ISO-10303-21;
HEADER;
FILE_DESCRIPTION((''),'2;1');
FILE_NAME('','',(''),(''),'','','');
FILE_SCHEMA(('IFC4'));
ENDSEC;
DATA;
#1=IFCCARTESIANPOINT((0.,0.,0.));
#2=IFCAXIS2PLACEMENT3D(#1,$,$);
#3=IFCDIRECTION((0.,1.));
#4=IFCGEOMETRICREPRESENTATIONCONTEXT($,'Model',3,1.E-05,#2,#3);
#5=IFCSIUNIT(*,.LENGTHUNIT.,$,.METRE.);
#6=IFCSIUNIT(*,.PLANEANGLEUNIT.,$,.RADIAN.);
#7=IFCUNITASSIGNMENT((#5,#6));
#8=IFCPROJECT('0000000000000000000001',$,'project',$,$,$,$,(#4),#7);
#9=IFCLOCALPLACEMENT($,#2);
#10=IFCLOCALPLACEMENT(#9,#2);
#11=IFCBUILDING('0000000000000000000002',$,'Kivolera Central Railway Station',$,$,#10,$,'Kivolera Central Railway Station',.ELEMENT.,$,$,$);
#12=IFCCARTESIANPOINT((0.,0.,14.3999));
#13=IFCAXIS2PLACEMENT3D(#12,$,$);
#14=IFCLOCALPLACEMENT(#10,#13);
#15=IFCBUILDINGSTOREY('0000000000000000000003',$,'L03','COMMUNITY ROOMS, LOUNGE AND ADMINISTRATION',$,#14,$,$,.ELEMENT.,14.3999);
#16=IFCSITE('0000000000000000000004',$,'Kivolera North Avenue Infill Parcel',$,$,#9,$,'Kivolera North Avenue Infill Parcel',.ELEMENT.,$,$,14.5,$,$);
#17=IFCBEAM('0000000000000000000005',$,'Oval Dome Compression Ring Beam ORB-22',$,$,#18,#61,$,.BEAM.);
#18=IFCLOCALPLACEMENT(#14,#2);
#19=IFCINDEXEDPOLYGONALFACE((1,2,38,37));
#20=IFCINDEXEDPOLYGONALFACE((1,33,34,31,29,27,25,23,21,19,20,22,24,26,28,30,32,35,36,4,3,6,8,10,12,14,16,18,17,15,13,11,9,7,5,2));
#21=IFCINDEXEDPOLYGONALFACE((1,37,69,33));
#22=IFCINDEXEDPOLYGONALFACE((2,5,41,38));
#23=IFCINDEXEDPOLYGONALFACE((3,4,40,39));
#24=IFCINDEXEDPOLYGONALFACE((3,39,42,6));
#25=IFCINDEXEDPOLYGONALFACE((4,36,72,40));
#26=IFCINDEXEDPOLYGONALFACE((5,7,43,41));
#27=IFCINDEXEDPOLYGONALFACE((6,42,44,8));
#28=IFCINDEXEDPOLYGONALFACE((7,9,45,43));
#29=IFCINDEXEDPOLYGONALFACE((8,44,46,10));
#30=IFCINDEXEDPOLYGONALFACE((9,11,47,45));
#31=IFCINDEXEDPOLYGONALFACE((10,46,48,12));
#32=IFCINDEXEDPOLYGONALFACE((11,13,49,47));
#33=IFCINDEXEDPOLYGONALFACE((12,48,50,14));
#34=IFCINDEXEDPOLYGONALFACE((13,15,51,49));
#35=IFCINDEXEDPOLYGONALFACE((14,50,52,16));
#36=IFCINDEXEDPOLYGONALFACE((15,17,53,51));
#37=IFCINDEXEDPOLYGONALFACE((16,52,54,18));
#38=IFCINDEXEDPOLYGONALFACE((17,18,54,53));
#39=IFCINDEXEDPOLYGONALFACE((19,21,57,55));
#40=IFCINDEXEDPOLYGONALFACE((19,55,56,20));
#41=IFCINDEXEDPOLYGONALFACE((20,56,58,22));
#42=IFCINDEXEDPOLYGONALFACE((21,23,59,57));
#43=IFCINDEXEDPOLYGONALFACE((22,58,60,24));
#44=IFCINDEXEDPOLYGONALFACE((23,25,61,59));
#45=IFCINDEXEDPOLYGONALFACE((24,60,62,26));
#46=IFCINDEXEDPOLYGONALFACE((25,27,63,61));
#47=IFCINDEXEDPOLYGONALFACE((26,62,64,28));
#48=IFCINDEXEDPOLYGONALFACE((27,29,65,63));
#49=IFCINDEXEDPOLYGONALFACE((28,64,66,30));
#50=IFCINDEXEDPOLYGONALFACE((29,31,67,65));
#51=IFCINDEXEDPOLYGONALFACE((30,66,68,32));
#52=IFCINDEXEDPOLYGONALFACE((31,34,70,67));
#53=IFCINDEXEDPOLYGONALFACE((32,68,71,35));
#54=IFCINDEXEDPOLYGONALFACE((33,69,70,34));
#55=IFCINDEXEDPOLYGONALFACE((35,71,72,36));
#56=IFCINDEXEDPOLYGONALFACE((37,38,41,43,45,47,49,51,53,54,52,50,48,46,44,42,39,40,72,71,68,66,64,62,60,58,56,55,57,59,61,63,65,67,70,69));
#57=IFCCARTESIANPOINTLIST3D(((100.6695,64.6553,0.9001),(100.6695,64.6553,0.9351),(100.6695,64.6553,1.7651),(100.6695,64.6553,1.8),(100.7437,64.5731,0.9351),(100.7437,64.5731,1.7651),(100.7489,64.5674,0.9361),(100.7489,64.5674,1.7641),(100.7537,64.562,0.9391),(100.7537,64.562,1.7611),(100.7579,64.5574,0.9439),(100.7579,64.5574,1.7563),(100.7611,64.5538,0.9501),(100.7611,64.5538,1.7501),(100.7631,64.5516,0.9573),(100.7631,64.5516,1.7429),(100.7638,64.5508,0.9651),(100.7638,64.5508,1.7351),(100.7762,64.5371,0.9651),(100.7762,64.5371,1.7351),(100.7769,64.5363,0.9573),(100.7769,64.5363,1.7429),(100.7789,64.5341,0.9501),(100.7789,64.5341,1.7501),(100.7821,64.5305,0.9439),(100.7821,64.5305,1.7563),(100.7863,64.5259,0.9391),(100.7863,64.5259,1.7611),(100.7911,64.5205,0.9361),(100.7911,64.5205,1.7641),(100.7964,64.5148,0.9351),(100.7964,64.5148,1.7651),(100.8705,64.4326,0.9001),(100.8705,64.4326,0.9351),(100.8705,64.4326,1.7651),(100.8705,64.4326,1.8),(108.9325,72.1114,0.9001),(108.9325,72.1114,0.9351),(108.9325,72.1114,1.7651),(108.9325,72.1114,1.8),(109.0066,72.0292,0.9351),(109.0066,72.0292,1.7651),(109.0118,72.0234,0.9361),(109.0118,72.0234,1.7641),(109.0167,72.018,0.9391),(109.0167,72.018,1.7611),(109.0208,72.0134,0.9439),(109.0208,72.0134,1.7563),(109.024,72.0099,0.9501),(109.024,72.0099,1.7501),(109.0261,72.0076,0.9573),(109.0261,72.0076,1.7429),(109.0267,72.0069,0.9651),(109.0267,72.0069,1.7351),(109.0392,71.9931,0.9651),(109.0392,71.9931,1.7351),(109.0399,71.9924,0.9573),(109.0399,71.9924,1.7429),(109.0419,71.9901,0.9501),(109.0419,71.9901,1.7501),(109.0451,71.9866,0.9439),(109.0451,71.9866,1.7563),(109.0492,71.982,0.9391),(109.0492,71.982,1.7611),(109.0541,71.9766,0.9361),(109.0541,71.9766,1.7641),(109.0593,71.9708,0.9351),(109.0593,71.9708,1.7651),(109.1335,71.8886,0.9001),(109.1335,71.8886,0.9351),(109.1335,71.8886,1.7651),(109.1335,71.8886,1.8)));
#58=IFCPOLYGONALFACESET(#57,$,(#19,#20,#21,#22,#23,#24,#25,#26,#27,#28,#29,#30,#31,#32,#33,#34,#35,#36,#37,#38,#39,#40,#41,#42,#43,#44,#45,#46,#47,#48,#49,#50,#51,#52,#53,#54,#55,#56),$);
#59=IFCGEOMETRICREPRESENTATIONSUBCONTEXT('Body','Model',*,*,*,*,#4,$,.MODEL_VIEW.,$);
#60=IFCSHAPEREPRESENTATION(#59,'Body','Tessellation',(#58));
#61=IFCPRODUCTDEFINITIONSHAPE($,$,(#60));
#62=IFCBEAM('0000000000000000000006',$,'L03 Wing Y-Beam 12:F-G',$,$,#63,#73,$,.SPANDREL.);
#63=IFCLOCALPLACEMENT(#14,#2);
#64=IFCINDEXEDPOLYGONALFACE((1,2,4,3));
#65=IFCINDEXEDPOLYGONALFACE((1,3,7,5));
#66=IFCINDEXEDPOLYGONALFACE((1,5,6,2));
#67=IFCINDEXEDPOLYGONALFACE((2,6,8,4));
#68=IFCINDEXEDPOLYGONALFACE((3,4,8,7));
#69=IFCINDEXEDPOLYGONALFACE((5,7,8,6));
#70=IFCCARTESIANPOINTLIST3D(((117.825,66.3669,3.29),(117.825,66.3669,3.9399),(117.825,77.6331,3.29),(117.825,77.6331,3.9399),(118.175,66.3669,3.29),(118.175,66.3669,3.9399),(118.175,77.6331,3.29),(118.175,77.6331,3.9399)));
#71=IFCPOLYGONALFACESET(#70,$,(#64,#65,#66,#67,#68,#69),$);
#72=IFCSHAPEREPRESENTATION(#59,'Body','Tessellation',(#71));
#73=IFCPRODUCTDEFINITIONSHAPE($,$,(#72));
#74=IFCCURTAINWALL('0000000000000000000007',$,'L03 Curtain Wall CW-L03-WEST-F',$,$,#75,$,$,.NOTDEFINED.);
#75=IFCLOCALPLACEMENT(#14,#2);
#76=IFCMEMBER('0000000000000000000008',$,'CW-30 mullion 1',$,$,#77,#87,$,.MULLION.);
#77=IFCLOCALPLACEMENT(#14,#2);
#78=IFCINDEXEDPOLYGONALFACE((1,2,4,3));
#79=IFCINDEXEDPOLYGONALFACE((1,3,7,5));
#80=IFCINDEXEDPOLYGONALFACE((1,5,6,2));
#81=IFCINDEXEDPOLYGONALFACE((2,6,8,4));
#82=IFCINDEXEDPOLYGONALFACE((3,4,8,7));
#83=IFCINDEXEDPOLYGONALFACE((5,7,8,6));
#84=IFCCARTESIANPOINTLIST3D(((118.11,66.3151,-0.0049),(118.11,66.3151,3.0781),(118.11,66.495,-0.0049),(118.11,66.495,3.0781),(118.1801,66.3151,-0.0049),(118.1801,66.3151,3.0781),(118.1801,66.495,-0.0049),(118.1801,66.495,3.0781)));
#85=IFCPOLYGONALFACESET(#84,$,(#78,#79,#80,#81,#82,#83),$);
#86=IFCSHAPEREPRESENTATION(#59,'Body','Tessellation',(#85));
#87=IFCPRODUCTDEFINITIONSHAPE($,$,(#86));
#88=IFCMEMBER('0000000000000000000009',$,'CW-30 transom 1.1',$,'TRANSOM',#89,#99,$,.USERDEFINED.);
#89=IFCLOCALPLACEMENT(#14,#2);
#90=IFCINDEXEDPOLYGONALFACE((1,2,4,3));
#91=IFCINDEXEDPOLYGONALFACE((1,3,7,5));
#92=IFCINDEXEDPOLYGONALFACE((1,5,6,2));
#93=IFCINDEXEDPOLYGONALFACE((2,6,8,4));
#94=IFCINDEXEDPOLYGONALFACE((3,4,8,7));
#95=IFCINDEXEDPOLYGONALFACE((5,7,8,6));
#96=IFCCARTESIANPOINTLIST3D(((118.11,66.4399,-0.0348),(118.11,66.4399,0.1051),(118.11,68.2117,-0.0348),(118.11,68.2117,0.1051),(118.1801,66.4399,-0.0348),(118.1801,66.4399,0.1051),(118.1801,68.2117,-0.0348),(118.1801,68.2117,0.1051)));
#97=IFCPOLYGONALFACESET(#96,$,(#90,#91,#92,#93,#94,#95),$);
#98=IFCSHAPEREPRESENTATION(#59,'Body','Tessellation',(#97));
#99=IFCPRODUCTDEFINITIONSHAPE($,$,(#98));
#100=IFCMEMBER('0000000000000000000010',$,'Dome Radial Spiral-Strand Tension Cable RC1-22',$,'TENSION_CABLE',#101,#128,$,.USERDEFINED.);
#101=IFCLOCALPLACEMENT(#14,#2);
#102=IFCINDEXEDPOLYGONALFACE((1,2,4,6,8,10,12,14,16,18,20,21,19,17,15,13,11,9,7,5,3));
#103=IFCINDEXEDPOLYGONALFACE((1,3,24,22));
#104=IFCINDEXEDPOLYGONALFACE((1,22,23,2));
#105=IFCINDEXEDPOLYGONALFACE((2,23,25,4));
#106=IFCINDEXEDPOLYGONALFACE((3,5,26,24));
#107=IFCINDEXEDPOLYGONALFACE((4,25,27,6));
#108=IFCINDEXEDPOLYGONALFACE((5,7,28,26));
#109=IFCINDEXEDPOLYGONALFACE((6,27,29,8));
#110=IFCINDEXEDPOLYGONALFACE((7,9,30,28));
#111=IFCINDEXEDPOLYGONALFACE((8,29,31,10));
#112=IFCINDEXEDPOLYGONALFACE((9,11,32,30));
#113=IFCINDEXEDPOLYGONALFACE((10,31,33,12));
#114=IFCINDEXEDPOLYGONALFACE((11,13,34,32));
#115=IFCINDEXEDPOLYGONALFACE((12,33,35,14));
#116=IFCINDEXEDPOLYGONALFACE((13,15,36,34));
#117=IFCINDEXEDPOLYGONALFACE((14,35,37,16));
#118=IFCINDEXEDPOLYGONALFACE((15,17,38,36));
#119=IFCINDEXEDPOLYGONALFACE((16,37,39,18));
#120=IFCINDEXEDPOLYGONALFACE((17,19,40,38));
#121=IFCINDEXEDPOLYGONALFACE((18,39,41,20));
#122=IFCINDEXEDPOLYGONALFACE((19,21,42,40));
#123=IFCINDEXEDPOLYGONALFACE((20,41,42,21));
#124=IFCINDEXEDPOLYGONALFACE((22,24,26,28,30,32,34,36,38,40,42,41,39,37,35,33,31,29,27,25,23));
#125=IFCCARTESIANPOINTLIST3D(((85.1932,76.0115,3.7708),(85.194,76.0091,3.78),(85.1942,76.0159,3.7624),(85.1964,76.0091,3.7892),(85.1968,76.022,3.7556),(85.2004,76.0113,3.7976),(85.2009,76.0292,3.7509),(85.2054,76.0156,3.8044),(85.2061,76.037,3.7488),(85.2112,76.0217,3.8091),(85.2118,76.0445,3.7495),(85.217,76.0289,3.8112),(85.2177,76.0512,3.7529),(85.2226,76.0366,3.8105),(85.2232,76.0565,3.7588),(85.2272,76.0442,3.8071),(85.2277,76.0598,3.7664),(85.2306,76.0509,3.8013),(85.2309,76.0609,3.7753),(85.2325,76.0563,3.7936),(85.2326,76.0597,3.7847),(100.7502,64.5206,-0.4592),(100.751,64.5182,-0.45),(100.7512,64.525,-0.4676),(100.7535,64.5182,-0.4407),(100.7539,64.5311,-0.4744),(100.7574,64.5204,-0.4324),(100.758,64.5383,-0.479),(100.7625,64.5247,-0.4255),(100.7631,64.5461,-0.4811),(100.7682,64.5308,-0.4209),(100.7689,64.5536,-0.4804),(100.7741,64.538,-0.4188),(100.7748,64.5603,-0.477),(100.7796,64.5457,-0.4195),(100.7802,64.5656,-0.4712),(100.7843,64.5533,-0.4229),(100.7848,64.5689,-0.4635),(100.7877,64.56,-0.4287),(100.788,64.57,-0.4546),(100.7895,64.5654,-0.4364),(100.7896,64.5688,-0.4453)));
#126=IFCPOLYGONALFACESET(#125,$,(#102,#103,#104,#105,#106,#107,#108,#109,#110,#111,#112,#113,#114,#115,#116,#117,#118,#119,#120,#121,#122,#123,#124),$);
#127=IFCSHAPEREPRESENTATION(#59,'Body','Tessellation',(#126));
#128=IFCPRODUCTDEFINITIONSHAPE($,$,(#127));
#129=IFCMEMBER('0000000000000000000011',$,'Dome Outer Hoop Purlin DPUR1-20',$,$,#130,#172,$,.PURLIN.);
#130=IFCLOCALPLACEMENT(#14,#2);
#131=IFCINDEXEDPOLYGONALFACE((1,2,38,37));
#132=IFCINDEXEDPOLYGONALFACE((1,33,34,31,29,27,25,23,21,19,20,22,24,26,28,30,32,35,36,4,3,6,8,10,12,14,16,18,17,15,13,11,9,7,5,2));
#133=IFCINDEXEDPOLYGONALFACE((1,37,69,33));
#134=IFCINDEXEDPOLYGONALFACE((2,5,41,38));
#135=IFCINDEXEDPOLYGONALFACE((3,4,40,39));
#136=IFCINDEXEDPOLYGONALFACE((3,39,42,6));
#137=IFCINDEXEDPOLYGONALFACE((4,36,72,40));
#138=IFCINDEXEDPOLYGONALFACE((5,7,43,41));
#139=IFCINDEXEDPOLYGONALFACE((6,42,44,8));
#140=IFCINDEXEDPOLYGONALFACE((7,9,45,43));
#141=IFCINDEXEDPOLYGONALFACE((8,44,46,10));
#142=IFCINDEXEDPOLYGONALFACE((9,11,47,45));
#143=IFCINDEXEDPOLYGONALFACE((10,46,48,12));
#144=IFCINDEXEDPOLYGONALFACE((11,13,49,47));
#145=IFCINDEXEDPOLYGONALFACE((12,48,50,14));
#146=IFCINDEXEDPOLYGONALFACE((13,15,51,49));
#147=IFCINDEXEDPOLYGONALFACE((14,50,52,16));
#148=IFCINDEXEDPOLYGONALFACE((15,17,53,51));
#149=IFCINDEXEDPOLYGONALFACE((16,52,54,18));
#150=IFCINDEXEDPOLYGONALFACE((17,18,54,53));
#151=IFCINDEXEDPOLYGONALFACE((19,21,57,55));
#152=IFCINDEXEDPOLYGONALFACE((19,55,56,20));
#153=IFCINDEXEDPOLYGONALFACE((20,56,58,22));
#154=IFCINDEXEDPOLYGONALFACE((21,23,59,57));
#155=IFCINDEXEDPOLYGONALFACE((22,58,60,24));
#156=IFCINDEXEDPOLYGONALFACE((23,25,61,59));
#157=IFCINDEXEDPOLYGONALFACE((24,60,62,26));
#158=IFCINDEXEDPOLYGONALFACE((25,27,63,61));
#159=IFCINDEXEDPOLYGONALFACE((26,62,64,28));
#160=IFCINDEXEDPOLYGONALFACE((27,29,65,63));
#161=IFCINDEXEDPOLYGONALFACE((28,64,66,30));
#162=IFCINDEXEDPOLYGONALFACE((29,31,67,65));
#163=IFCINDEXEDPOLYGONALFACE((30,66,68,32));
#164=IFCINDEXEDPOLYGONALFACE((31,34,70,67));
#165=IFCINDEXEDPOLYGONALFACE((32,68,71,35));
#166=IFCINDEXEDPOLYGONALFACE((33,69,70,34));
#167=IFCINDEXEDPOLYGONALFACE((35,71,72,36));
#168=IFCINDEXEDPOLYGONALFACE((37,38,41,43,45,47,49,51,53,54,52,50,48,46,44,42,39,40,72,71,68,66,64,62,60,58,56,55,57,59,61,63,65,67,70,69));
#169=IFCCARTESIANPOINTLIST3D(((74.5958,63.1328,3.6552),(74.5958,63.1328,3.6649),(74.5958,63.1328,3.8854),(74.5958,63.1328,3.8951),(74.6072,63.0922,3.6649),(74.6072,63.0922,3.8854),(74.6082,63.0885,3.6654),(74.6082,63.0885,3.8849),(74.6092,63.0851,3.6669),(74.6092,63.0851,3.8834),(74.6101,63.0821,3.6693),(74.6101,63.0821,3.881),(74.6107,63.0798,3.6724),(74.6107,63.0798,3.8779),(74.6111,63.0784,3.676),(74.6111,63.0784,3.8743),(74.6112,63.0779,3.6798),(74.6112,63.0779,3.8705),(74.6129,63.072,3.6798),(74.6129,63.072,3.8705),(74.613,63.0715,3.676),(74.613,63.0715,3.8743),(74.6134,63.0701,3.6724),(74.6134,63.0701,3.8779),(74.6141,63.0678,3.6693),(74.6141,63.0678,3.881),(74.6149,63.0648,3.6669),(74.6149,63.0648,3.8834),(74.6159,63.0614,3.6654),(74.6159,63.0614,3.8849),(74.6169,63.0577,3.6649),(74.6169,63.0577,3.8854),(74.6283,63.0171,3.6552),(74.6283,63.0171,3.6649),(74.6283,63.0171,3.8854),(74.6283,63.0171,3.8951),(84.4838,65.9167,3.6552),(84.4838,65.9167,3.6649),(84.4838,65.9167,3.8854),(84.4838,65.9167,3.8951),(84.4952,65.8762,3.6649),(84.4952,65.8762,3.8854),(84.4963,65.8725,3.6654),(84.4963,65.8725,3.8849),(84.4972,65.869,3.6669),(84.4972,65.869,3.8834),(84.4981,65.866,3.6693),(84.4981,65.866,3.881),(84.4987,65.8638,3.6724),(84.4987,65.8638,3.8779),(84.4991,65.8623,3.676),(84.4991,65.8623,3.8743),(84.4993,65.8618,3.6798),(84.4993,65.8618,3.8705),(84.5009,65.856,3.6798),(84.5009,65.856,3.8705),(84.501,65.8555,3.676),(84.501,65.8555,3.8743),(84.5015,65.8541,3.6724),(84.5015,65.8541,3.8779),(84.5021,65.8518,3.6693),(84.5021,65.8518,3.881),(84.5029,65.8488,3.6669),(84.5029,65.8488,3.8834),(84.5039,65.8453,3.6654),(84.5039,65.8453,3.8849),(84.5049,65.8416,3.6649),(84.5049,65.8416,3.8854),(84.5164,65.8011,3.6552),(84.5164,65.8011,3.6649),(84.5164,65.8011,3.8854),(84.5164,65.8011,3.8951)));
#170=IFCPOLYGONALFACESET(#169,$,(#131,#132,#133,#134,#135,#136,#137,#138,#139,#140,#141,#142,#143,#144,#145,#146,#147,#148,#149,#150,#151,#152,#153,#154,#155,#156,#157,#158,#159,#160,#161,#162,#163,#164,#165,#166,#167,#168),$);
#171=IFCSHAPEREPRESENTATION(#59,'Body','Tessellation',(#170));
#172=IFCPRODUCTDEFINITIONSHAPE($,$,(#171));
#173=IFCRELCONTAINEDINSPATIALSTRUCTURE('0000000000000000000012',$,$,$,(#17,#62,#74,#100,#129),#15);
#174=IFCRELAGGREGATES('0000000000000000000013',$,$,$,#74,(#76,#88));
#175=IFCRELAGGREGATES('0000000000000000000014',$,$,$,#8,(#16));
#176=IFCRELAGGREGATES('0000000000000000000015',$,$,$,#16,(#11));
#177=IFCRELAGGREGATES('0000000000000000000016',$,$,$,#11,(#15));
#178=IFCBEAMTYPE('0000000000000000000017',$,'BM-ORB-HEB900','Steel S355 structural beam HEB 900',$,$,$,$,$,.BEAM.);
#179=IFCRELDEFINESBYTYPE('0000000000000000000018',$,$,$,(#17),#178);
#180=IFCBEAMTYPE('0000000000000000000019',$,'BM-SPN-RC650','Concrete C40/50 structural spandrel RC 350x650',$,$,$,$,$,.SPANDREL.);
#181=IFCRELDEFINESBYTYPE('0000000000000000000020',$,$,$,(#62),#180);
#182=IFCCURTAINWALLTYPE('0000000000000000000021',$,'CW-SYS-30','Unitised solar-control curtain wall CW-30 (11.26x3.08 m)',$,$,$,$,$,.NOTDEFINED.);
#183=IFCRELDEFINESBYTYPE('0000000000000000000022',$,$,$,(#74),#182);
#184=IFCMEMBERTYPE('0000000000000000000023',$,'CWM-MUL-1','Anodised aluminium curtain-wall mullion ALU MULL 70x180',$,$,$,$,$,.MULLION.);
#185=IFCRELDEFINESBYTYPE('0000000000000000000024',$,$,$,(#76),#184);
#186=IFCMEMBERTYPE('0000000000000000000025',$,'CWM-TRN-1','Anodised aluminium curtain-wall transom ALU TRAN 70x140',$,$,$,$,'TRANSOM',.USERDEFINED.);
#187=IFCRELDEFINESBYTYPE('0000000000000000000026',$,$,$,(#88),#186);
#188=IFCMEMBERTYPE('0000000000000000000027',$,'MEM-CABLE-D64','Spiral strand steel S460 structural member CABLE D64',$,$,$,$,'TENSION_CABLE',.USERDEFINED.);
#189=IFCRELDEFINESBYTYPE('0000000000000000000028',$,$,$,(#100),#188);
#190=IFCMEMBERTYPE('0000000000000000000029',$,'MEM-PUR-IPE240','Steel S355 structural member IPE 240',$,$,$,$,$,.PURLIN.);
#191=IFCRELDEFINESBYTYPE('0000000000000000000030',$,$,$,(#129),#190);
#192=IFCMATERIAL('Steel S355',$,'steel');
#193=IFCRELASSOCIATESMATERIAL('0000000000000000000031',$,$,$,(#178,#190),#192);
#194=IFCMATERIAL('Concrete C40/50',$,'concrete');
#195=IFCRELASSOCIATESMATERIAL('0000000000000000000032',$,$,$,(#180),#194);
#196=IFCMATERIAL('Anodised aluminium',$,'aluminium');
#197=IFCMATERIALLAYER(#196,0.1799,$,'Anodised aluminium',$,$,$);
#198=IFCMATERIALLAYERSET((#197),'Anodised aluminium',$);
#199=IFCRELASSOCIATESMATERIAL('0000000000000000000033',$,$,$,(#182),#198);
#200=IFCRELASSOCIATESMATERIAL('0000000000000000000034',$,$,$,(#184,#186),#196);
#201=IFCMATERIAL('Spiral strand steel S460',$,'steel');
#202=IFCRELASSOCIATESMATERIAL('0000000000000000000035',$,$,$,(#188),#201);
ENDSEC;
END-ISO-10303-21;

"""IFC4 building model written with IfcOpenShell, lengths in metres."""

from ifc_helpers import new_model, si_unit, direction, frame, origin, origin_2d, place, context, subcontext, project, spatial, rectangle, circle, i_section, extrude, material, layer, layer_set, material_profile, profile_set, type_object, element, aggregate, save


model = new_model("IFC4")

# Units and contexts
model_context = context("Model", 3, precision=1e-05, world=origin(), true_north=direction((0.0, 1.0)))
body_context = subcontext(model_context, "Body", "Model", "MODEL_VIEW")
ifc_project = project(units=[si_unit("LENGTHUNIT", "METRE"), si_unit("PLANEANGLEUNIT", "RADIAN")], contexts=[model_context])

# Site, building, storey
site_placement = place(None, origin())
site = spatial("IfcSite", under=ifc_project, at=site_placement, Name="Kivolera North Avenue Infill Parcel", LongName="Kivolera North Avenue Infill Parcel", CompositionType="ELEMENT", RefElevation=14.5)
building_placement = place(site_placement, origin())
building = spatial("IfcBuilding", under=site, at=building_placement, Name="Kivolera Central Railway Station", LongName="Kivolera Central Railway Station", CompositionType="ELEMENT")
storey_placement = place(building_placement, frame((0.0, 0.0, 14.3999)))
storey = spatial("IfcBuildingStorey", under=building, at=storey_placement, Name="L03", Description="COMMUNITY ROOMS, LOUNGE AND ADMINISTRATION", CompositionType="ELEMENT", Elevation=14.3999)

# Shared definitions
ifc_material_1 = material(Name="Concrete C40/50", Category="concrete")

# Beams
ifc_material_2 = material(Name="Steel S355", Category="steel")
ifc_material_profile_1 = material_profile(ifc_material_2, i_section(OverallWidth=0.3, OverallDepth=0.8999, WebThickness=0.0186, FlangeThickness=0.0349, FilletRadius=0.03, at=origin_2d()), Name="HEB 900")
ifc_profile_set_1 = profile_set([ifc_material_profile_1], Name="Steel S355")
beam_type_1 = type_object("IfcBeamType", Name="BM-ORB-HEB900", Description="Steel S355 structural beam HEB 900", PredefinedType="BEAM", material=ifc_profile_set_1)
beam_1_placement = place(storey_placement, frame((100.77, 64.5439, 1.3501), z_axis=(0.742426, 0.669928, 0.0), x_axis=(-0.669928, 0.742426, 0.0)))
element("IfcBeam", 1, at=beam_1_placement, inside=storey, type_object=beam_type_1, Name="Oval Dome Compression Ring Beam ORB-22", PredefinedType="BEAM", context=body_context, shape_type="SweptSolid", body=[
    extrude(i_section(OverallWidth=0.3, OverallDepth=0.8999, WebThickness=0.0186, FlangeThickness=0.0349, FilletRadius=0.03, at=origin_2d()), origin(), (0.0, 0.0, 1.0), 11.1296),
])
ifc_material_profile_2 = material_profile(ifc_material_1, rectangle(XDim=0.3501, YDim=0.6499, at=origin_2d()), Name="RC 350x650")
ifc_profile_set_2 = profile_set([ifc_material_profile_2], Name="Concrete C40/50")
beam_type_2 = type_object("IfcBeamType", Name="BM-SPN-RC650", Description="Concrete C40/50 structural spandrel RC 350x650", PredefinedType="SPANDREL", material=ifc_profile_set_2)
beam_2_placement = place(storey_placement, frame((118.0, 66.3669, 3.615), z_axis=(0.0, 1.0, 0.0), x_axis=(-1.0, 0.0, 0.0)))
element("IfcBeam", 2, at=beam_2_placement, inside=storey, type_object=beam_type_2, Name="L03 Wing Y-Beam 12:F-G", PredefinedType="SPANDREL", context=body_context, shape_type="SweptSolid", body=[
    extrude(rectangle(XDim=0.3501, YDim=0.6499, at=origin_2d()), origin(), (0.0, 0.0, 1.0), 11.2661),
])

# Curtain wall, members
ifc_material_3 = material(Name="Anodised aluminium", Category="aluminium")
ifc_layer_1 = layer(ifc_material_3, 0.1799, Name="Anodised aluminium")
ifc_layer_set_1 = layer_set([ifc_layer_1], Name="Anodised aluminium")
curtain_wall_type = type_object("IfcCurtainWallType", Name="CW-SYS-30", Description="Unitised solar-control curtain wall CW-30 (11.26x3.08 m)", PredefinedType="NOTDEFINED", material=ifc_layer_set_1)
curtain_wall_placement = place(storey_placement, origin())
curtain_wall = element("IfcCurtainWall", 3, at=curtain_wall_placement, inside=storey, type_object=curtain_wall_type, Name="L03 Curtain Wall CW-L03-WEST-F", PredefinedType="NOTDEFINED")
ifc_material_profile_3 = material_profile(ifc_material_3, rectangle(XDim=0.0701, YDim=0.1799, at=origin_2d()), Name="ALU MULL 70x180")
ifc_profile_set_3 = profile_set([ifc_material_profile_3], Name="Anodised aluminium")
member_type_1 = type_object("IfcMemberType", Name="CWM-MUL-1", Description="Anodised aluminium curtain-wall mullion ALU MULL 70x180", PredefinedType="MULLION", material=ifc_profile_set_3)
member_1_placement = place(storey_placement, frame((118.145, 66.405, -0.0049), z_axis=(0.0, 0.0, 1.0), x_axis=(-1.0, 0.0, 0.0)))
member_1 = element("IfcMember", 4, at=member_1_placement, type_object=member_type_1, Name="CW-30 mullion 1", PredefinedType="MULLION", context=body_context, shape_type="SweptSolid", body=[
    extrude(rectangle(XDim=0.0701, YDim=0.1799, at=origin_2d()), origin(), (0.0, 0.0, 1.0), 3.083),
])
ifc_material_profile_4 = material_profile(ifc_material_3, rectangle(XDim=0.0701, YDim=0.1399, at=origin_2d()), Name="ALU TRAN 70x140")
ifc_profile_set_4 = profile_set([ifc_material_profile_4], Name="Anodised aluminium")
member_type_2 = type_object("IfcMemberType", Name="CWM-TRN-1", Description="Anodised aluminium curtain-wall transom ALU TRAN 70x140", ElementType="TRANSOM", PredefinedType="USERDEFINED", material=ifc_profile_set_4)
member_2_placement = place(storey_placement, frame((118.145, 66.4399, 0.0352), z_axis=(0.0, 1.0, 0.0), x_axis=(-1.0, 0.0, 0.0)))
member_2 = element("IfcMember", 5, at=member_2_placement, type_object=member_type_2, Name="CW-30 transom 1.1", ObjectType="TRANSOM", PredefinedType="USERDEFINED", context=body_context, shape_type="SweptSolid", body=[
    extrude(rectangle(XDim=0.0701, YDim=0.1399, at=origin_2d()), origin(), (0.0, 0.0, 1.0), 1.7717),
])
aggregate(curtain_wall, [member_1, member_2])

# Members
ifc_material_4 = material(Name="Spiral strand steel S460", Category="steel")
ifc_material_profile_5 = material_profile(ifc_material_4, circle(Radius=0.032, at=origin_2d()), Name="CABLE D64")
ifc_profile_set_5 = profile_set([ifc_material_profile_5], Name="Spiral strand steel S460")
member_type_3 = type_object("IfcMemberType", Name="MEM-CABLE-D64", Description="Spiral strand steel S460 structural member CABLE D64", ElementType="TENSION_CABLE", PredefinedType="USERDEFINED", material=ifc_profile_set_5)
member_3_placement = place(storey_placement, frame((100.77, 64.5439, -0.45), z_axis=(-0.785794, 0.580412, 0.213657), x_axis=(-0.594131, -0.804368, 0.0)))
element("IfcMember", 6, at=member_3_placement, inside=storey, type_object=member_type_3, Name="Dome Radial Spiral-Strand Tension Cable RC1-22", ObjectType="TENSION_CABLE", PredefinedType="USERDEFINED", context=body_context, shape_type="SweptSolid", body=[
    extrude(circle(Radius=0.032, at=origin_2d()), origin(), (0.0, 0.0, 1.0), 19.7979),
])
ifc_material_profile_6 = material_profile(ifc_material_2, i_section(OverallWidth=0.1201, OverallDepth=0.24, WebThickness=0.0061, FlangeThickness=0.0098, FilletRadius=0.0149, at=origin_2d()), Name="IPE 240")
ifc_profile_set_6 = profile_set([ifc_material_profile_6], Name="Steel S355")
member_type_4 = type_object("IfcMemberType", Name="MEM-PUR-IPE240", Description="Steel S355 structural member IPE 240", PredefinedType="PURLIN", material=ifc_profile_set_6)
member_4_placement = place(storey_placement, frame((74.6121, 63.075, 3.7751), z_axis=(0.962576, 0.271012, 0.0), x_axis=(-0.271012, 0.962576, 0.0)))
element("IfcMember", 7, at=member_4_placement, inside=storey, type_object=member_type_4, Name="Dome Outer Hoop Purlin DPUR1-20", PredefinedType="PURLIN", context=body_context, shape_type="SweptSolid", body=[
    extrude(i_section(OverallWidth=0.1201, OverallDepth=0.24, WebThickness=0.0061, FlangeThickness=0.0098, FilletRadius=0.0149, at=origin_2d()), origin(), (0.0, 0.0, 1.0), 10.2725),
])

save(model, "model.ifc")
